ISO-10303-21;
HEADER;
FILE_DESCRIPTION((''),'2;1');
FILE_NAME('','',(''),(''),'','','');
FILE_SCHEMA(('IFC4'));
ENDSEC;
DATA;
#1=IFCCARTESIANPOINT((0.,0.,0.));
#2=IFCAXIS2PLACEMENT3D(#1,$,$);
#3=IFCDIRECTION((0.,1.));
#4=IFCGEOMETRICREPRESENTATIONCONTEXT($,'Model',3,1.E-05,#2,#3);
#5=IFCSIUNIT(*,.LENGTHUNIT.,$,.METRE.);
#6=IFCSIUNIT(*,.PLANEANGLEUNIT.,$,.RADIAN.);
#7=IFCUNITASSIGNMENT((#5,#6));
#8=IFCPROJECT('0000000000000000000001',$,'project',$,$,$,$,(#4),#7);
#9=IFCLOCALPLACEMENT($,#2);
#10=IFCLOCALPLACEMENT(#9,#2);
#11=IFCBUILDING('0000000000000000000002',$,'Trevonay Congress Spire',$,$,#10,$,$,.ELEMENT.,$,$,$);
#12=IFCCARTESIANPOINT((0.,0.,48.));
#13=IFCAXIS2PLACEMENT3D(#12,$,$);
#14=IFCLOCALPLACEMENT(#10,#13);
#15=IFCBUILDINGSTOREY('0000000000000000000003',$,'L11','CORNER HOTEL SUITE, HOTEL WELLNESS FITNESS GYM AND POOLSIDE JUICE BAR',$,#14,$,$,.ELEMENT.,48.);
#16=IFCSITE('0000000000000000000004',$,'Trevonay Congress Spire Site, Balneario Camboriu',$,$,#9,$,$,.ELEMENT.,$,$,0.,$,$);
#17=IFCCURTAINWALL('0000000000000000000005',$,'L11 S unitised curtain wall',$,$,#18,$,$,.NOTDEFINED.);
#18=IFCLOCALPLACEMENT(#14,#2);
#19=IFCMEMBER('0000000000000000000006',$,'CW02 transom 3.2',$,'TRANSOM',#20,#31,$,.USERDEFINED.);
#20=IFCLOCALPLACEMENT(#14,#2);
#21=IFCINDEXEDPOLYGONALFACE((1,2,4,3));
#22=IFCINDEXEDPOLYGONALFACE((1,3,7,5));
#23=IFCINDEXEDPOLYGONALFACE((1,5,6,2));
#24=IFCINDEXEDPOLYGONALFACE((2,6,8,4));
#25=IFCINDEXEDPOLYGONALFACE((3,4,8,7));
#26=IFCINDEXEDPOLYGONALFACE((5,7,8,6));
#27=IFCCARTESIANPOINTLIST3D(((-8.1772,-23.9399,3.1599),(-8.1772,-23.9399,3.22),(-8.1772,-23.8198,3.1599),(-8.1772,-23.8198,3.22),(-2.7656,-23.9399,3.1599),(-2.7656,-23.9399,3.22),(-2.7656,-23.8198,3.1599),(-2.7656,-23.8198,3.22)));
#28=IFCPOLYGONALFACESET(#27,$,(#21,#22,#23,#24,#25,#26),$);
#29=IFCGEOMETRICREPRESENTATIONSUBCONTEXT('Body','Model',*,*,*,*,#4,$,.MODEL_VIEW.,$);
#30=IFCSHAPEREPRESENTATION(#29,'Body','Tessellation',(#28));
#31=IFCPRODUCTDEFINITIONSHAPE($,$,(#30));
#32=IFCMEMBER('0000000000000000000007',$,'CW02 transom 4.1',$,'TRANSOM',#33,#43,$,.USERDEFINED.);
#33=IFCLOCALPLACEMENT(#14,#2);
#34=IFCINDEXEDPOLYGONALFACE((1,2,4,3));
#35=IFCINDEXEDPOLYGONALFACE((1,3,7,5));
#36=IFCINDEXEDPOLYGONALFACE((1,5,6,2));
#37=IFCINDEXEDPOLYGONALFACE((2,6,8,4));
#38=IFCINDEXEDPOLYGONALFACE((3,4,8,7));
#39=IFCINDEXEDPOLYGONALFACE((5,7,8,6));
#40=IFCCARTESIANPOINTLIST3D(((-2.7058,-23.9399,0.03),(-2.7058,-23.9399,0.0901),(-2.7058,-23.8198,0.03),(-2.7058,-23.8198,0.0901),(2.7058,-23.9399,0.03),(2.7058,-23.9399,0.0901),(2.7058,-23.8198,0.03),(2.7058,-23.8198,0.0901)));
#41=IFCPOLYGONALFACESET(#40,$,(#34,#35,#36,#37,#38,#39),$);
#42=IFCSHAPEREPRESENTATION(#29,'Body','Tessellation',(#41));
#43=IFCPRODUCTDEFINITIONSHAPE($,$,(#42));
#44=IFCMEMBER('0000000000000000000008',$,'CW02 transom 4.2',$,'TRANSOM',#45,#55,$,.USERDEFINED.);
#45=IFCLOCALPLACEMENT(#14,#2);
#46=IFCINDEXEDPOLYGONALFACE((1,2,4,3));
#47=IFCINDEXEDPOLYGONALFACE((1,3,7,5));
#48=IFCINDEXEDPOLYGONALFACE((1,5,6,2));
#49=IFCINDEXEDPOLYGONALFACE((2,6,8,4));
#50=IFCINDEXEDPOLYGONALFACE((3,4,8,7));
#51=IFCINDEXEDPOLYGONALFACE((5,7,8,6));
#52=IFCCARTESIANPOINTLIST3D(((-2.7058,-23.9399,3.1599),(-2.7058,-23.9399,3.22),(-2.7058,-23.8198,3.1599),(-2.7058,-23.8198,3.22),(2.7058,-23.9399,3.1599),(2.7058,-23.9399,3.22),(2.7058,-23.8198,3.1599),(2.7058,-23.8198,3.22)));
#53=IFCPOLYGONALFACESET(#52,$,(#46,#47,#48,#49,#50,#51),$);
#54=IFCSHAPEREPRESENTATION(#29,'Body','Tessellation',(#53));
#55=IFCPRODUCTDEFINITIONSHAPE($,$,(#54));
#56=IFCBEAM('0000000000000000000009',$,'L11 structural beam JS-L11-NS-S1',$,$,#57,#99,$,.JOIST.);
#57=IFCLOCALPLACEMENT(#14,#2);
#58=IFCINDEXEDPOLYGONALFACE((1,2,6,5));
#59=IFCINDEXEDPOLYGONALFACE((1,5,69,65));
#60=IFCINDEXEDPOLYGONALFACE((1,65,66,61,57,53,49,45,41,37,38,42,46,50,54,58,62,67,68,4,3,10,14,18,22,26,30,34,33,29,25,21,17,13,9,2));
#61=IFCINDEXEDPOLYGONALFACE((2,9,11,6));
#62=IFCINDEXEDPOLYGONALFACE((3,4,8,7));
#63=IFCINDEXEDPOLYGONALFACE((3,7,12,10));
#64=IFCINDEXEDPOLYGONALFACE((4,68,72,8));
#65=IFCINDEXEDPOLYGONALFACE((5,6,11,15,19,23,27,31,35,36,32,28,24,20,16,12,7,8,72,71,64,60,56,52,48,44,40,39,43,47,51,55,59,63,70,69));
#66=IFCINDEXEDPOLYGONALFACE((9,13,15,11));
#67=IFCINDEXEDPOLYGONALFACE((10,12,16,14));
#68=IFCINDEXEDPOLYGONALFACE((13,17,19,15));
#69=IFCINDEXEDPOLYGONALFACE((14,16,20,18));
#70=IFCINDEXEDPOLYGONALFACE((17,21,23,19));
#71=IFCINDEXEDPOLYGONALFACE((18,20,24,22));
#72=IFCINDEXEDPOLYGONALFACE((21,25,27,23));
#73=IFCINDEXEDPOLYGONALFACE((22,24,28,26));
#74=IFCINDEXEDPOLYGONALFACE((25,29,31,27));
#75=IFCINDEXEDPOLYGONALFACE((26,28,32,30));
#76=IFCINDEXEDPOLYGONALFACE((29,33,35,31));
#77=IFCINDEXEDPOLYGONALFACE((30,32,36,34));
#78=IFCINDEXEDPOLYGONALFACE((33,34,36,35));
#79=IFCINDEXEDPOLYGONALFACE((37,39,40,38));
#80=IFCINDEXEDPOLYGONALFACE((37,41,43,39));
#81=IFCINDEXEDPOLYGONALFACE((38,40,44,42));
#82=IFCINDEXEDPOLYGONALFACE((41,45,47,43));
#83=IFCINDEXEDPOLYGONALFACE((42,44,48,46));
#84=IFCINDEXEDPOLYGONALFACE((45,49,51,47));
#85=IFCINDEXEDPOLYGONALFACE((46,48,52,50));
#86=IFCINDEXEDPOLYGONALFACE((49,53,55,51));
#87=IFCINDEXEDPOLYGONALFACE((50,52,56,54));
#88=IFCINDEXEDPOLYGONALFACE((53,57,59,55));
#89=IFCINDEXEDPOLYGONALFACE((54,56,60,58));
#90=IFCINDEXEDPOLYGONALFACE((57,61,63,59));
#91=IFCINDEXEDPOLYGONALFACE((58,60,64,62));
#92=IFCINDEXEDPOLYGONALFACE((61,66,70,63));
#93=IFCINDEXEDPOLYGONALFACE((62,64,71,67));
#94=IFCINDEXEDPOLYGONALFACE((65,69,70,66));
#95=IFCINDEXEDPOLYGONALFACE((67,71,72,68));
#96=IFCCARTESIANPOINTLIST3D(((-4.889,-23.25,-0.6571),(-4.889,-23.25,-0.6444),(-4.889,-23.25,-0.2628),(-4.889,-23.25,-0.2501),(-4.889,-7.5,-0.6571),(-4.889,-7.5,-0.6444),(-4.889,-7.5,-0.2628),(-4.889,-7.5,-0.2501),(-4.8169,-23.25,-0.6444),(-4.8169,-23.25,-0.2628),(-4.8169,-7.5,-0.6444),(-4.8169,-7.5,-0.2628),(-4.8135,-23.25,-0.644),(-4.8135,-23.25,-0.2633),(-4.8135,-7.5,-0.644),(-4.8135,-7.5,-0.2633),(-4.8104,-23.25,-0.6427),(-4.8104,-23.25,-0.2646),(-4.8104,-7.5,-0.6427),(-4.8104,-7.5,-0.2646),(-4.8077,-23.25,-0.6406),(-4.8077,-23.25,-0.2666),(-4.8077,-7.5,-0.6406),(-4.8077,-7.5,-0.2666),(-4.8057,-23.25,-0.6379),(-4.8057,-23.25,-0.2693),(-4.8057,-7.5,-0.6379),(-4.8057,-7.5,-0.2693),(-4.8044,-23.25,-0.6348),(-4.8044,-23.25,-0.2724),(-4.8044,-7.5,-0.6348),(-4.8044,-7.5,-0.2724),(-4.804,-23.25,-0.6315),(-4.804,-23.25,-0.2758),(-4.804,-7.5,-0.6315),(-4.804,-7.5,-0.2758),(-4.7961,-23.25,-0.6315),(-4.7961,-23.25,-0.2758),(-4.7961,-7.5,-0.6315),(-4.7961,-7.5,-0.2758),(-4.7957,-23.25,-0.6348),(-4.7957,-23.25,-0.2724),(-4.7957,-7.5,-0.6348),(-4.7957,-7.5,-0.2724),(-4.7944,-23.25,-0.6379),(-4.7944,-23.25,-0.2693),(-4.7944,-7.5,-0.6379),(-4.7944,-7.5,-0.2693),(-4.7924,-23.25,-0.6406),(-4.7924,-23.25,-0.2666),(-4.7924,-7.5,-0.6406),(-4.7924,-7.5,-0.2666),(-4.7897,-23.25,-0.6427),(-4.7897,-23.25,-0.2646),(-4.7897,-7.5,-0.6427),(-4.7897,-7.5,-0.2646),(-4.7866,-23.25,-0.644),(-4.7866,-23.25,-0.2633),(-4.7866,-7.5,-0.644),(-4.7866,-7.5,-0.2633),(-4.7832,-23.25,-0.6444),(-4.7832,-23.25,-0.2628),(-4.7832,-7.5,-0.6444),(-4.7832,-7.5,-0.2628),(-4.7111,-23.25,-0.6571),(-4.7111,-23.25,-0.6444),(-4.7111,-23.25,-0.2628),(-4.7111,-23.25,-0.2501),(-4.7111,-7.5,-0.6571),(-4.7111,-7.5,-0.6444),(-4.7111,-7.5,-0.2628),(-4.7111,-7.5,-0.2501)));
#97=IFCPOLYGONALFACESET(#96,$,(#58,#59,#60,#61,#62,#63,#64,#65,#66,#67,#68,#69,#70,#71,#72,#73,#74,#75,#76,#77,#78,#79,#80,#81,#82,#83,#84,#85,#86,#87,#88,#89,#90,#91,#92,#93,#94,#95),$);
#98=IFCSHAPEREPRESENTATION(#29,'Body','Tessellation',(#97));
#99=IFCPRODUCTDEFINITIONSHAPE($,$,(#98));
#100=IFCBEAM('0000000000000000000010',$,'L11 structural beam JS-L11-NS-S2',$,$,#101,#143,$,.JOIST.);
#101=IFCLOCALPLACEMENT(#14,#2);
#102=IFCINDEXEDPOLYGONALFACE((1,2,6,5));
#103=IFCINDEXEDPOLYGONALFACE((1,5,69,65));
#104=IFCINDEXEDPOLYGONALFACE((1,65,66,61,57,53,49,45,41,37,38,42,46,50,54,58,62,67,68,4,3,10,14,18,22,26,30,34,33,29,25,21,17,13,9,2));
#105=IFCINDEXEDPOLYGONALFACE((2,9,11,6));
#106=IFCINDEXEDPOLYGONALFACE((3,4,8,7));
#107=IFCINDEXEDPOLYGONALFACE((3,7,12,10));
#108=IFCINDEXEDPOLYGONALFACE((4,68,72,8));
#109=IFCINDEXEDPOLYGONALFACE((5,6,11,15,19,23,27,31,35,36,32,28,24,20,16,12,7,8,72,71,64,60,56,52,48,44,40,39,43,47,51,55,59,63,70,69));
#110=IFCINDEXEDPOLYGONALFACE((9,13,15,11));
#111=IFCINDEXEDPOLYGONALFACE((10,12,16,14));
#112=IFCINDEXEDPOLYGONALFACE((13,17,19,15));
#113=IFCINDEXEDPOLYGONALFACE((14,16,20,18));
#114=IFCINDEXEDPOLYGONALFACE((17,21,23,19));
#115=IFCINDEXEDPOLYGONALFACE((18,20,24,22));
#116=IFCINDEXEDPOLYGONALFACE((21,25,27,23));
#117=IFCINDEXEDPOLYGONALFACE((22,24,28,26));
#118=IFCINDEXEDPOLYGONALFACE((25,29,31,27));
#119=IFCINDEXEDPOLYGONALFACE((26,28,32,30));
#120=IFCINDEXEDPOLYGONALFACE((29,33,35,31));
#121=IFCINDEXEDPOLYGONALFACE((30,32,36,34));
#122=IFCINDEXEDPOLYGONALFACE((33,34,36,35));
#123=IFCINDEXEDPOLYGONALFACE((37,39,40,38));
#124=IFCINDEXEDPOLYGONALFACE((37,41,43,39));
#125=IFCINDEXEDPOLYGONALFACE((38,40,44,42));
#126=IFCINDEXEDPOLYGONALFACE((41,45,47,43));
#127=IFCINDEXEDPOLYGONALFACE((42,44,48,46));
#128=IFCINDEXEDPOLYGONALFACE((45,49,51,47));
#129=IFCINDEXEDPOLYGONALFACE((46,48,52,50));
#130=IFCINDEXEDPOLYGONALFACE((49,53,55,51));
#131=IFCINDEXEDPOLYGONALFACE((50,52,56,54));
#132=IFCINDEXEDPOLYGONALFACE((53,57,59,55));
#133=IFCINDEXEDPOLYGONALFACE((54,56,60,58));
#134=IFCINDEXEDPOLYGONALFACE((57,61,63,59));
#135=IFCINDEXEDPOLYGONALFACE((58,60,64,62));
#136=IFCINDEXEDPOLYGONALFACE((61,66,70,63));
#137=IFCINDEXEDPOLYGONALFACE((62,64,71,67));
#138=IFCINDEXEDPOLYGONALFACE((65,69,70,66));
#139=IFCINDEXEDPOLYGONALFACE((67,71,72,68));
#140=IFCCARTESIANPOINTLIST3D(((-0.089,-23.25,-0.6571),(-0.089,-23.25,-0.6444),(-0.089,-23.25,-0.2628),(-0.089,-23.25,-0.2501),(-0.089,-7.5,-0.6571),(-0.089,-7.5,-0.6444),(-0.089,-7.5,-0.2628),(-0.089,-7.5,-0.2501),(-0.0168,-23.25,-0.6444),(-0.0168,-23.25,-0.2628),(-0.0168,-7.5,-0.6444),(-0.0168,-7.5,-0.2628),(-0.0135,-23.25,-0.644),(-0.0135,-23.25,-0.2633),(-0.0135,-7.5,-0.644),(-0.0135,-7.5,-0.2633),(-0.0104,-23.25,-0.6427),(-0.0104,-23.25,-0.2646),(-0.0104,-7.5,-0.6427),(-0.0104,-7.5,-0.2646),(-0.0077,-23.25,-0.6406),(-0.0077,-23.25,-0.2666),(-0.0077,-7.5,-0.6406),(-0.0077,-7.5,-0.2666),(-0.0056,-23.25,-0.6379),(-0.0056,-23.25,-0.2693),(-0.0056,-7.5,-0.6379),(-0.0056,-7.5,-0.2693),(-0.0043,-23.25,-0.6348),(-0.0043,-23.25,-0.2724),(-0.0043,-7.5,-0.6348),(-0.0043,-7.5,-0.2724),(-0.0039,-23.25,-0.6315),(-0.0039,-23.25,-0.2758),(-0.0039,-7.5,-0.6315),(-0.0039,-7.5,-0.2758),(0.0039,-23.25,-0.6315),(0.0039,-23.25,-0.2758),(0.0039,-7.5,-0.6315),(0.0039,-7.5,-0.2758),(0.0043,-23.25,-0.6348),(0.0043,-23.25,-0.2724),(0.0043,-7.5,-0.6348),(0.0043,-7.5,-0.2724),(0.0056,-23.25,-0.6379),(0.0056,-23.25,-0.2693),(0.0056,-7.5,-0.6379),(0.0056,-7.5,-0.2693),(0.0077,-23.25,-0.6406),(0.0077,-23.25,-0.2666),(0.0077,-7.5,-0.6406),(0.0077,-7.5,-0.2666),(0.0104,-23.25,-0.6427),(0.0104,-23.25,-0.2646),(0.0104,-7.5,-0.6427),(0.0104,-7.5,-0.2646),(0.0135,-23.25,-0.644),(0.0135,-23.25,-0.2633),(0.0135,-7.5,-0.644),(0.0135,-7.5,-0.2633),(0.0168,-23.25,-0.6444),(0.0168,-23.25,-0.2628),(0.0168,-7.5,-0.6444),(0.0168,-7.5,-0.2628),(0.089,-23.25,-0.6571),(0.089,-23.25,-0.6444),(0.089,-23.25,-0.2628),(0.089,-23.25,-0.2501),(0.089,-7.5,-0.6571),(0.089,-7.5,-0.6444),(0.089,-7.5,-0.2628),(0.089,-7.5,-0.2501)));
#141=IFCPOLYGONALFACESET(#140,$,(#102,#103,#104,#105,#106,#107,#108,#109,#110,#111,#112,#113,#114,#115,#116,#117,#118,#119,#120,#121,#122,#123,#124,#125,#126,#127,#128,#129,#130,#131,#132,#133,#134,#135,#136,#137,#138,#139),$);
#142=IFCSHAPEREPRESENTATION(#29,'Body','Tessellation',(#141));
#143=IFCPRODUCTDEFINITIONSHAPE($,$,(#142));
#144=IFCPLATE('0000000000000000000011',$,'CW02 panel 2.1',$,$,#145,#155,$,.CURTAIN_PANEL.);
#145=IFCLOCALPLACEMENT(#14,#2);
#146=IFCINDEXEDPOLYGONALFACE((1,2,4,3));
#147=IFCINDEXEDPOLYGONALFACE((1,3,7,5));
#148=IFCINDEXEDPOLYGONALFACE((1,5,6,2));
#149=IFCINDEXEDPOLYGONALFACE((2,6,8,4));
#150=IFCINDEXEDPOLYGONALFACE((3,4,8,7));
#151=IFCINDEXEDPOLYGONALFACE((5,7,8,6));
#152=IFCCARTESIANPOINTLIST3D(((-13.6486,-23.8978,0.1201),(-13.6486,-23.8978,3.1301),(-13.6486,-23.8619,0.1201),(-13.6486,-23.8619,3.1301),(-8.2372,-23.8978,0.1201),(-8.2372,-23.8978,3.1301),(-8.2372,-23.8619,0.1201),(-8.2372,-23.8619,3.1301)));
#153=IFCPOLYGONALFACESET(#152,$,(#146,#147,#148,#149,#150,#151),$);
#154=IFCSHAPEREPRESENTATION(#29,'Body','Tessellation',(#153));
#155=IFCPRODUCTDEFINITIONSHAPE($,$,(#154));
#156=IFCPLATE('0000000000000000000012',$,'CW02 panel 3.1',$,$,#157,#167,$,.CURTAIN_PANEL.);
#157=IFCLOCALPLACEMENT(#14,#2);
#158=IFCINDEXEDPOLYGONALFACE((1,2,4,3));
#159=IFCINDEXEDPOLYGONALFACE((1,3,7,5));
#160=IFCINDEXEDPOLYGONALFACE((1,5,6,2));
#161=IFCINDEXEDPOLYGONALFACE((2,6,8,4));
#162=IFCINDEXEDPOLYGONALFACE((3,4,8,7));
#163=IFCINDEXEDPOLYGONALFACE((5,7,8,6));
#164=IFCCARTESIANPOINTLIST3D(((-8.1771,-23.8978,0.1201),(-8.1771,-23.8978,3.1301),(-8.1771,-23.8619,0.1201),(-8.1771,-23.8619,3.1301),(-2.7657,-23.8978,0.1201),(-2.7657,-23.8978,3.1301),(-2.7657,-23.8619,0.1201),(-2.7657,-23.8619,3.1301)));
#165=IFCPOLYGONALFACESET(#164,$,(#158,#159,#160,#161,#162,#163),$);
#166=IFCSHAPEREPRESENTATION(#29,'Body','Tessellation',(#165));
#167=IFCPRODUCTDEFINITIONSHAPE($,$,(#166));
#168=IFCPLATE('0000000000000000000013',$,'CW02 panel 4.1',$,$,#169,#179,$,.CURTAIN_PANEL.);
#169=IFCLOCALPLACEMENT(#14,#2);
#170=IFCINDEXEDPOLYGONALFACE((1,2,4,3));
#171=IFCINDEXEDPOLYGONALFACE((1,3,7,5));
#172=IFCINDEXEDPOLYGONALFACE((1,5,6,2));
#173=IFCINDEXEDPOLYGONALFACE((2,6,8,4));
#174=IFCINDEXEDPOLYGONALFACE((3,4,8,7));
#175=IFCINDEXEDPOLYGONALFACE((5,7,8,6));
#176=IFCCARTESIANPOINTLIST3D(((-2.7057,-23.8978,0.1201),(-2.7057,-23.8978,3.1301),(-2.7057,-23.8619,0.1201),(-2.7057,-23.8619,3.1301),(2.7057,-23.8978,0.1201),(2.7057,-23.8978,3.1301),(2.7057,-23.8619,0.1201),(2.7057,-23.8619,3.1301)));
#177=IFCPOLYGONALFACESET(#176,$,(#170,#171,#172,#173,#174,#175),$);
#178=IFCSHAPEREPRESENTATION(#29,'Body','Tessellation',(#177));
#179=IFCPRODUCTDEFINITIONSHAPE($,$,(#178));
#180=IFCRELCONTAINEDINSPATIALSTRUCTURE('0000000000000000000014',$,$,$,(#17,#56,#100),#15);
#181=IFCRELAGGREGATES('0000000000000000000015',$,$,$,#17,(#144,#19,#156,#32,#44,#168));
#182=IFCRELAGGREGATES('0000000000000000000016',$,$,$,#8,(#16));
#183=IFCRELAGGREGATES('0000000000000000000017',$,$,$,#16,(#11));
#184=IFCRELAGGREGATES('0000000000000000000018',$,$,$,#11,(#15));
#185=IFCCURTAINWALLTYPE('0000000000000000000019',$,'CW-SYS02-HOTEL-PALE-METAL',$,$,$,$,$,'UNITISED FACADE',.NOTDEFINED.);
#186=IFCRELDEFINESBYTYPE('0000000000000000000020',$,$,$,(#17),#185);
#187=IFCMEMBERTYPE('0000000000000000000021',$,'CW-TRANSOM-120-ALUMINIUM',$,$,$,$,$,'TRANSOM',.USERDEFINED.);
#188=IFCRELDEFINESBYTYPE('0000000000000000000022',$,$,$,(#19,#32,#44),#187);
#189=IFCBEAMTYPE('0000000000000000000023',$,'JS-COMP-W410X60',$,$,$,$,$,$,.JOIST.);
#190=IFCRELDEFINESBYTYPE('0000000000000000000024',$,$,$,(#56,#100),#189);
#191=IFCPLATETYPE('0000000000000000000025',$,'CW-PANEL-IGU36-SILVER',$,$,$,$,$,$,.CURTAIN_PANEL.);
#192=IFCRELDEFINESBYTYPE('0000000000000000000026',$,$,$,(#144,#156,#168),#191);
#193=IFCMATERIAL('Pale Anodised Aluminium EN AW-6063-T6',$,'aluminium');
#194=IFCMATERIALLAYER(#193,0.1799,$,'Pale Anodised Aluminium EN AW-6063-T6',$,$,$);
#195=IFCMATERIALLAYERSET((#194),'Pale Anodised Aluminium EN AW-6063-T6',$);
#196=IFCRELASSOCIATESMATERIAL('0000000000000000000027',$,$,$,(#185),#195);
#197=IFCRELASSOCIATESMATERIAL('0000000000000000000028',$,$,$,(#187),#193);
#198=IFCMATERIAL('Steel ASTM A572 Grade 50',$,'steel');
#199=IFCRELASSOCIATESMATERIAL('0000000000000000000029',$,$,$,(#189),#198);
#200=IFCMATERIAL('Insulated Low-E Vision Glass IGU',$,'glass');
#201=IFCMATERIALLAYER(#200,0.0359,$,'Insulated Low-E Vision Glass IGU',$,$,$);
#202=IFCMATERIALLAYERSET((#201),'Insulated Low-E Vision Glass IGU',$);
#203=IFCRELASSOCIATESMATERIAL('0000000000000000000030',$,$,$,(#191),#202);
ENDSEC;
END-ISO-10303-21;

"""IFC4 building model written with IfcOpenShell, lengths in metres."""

from ifc_helpers import new_model, si_unit, direction, frame, origin, origin_2d, place, context, subcontext, project, spatial, rectangle, i_section, extrude, material, layer, layer_set, material_profile, profile_set, type_object, element, aggregate, save


model = new_model("IFC4")

# Units and contexts
model_context = context("Model", 3, precision=1e-05, world=origin(), true_north=direction((0.0, 1.0)))
body_context = subcontext(model_context, "Body", "Model", "MODEL_VIEW")
ifc_project = project(units=[si_unit("LENGTHUNIT", "METRE"), si_unit("PLANEANGLEUNIT", "RADIAN")], contexts=[model_context])

# Site, building, storey
site_placement = place(None, origin())
site = spatial("IfcSite", under=ifc_project, at=site_placement, Name="Trevonay Congress Spire Site, Balneario Camboriu", CompositionType="ELEMENT", RefElevation=0.0)
building_placement = place(site_placement, origin())
building = spatial("IfcBuilding", under=site, at=building_placement, Name="Trevonay Congress Spire", CompositionType="ELEMENT")
storey_placement = place(building_placement, frame((0.0, 0.0, 48.0)))
storey = spatial("IfcBuildingStorey", under=building, at=storey_placement, Name="L11", Description="CORNER HOTEL SUITE, HOTEL WELLNESS FITNESS GYM AND POOLSIDE JUICE BAR", CompositionType="ELEMENT", Elevation=48.0)

# Shared definitions
ifc_material_1 = material(Name="Steel ASTM A572 Grade 50", Category="steel")

# Curtain wall, members
ifc_material_2 = material(Name="Pale Anodised Aluminium EN AW-6063-T6", Category="aluminium")
ifc_layer_1 = layer(ifc_material_2, 0.1799, Name="Pale Anodised Aluminium EN AW-6063-T6")
ifc_layer_set_1 = layer_set([ifc_layer_1], Name="Pale Anodised Aluminium EN AW-6063-T6")
curtain_wall_type = type_object("IfcCurtainWallType", Name="CW-SYS02-HOTEL-PALE-METAL", ElementType="UNITISED FACADE", PredefinedType="NOTDEFINED", material=ifc_layer_set_1)
curtain_wall_placement = place(storey_placement, origin())
curtain_wall = element("IfcCurtainWall", 1, at=curtain_wall_placement, inside=storey, type_object=curtain_wall_type, Name="L11 S unitised curtain wall", PredefinedType="NOTDEFINED")
ifc_material_profile_1 = material_profile(ifc_material_2, rectangle(XDim=0.1201, YDim=0.0601, at=origin_2d()), Name="CW-TRANSOM-120-ALUMINIUM")
ifc_profile_set_1 = profile_set([ifc_material_profile_1], Name="Pale Anodised Aluminium EN AW-6063-T6")
member_type_1 = type_object("IfcMemberType", Name="CW-TRANSOM-120-ALUMINIUM", ElementType="TRANSOM", PredefinedType="USERDEFINED", material=ifc_profile_set_1)
member_1_placement = place(storey_placement, frame((-8.1772, -23.8799, 3.1899), z_axis=(1.0, 0.0, 0.0), x_axis=(0.0, 1.0, 0.0)))
member_1 = element("IfcMember", 2, at=member_1_placement, type_object=member_type_1, Name="CW02 transom 3.2", ObjectType="TRANSOM", PredefinedType="USERDEFINED", context=body_context, shape_type="SweptSolid", body=[
    extrude(rectangle(XDim=0.1201, YDim=0.0601, at=origin_2d()), origin(), (0.0, 0.0, 1.0), 5.4116),
])
member_2_placement = place(storey_placement, frame((-2.7058, -23.8799, 0.0601), z_axis=(1.0, 0.0, 0.0), x_axis=(0.0, 1.0, 0.0)))
member_2 = element("IfcMember", 3, at=member_2_placement, type_object=member_type_1, Name="CW02 transom 4.1", ObjectType="TRANSOM", PredefinedType="USERDEFINED", context=body_context, shape_type="SweptSolid", body=[
    extrude(rectangle(XDim=0.1201, YDim=0.0601, at=origin_2d()), origin(), (0.0, 0.0, 1.0), 5.4116),
])
member_3_placement = place(storey_placement, frame((-2.7058, -23.8799, 3.1899), z_axis=(1.0, 0.0, 0.0), x_axis=(0.0, 1.0, 0.0)))
member_3 = element("IfcMember", 4, at=member_3_placement, type_object=member_type_1, Name="CW02 transom 4.2", ObjectType="TRANSOM", PredefinedType="USERDEFINED", context=body_context, shape_type="SweptSolid", body=[
    extrude(rectangle(XDim=0.1201, YDim=0.0601, at=origin_2d()), origin(), (0.0, 0.0, 1.0), 5.4116),
])

# Beams
ifc_material_profile_2 = material_profile(ifc_material_1, i_section(OverallWidth=0.178, OverallDepth=0.407, WebThickness=0.0078, FlangeThickness=0.0127, FilletRadius=0.0129, at=origin_2d()), Name="W410x60")
ifc_profile_set_2 = profile_set([ifc_material_profile_2], Name="Steel ASTM A572 Grade 50")
beam_type_1 = type_object("IfcBeamType", Name="JS-COMP-W410X60", PredefinedType="JOIST", material=ifc_profile_set_2)
for number, where, z_axis, x_axis, name in (
    (5, (-4.8, -23.25, -0.4536), (0.0, 1.0, 0.0), (-1.0, 0.0, 0.0), "L11 structural beam JS-L11-NS-S1"),
    (6, (0.0, -23.25, -0.4536), (0.0, 1.0, 0.0), (-1.0, 0.0, 0.0), "L11 structural beam JS-L11-NS-S2"),
):
    element("IfcBeam", number, at=place(storey_placement, frame(where, z_axis=z_axis, x_axis=x_axis)), inside=storey, type_object=beam_type_1, Name=name, PredefinedType="JOIST", context=body_context, shape_type="SweptSolid", body=[
        extrude(i_section(OverallWidth=0.178, OverallDepth=0.407, WebThickness=0.0078, FlangeThickness=0.0127, FilletRadius=0.0129, at=origin_2d()), origin(), (0.0, 0.0, 1.0), 15.75),
    ])

# Plates
ifc_material_3 = material(Name="Insulated Low-E Vision Glass IGU", Category="glass")
ifc_layer_2 = layer(ifc_material_3, 0.0359, Name="Insulated Low-E Vision Glass IGU")
ifc_layer_set_2 = layer_set([ifc_layer_2], Name="Insulated Low-E Vision Glass IGU")
plate_type = type_object("IfcPlateType", Name="CW-PANEL-IGU36-SILVER", PredefinedType="CURTAIN_PANEL", material=ifc_layer_set_2)
plate_1_placement = place(storey_placement, frame((-10.9429, -23.8799, 0.1201), z_axis=(0.0, 0.0, 1.0), x_axis=(1.0, 0.0, 0.0)))
plate_1 = element("IfcPlate", 7, at=plate_1_placement, type_object=plate_type, Name="CW02 panel 2.1", PredefinedType="CURTAIN_PANEL", context=body_context, shape_type="SweptSolid", body=[
    extrude(rectangle(XDim=5.4114, YDim=0.0359, at=origin_2d()), origin(), (0.0, 0.0, 1.0), 3.01),
])
plate_2_placement = place(storey_placement, frame((-5.4714, -23.8799, 0.1201), z_axis=(0.0, 0.0, 1.0), x_axis=(1.0, 0.0, 0.0)))
plate_2 = element("IfcPlate", 8, at=plate_2_placement, type_object=plate_type, Name="CW02 panel 3.1", PredefinedType="CURTAIN_PANEL", context=body_context, shape_type="SweptSolid", body=[
    extrude(rectangle(XDim=5.4114, YDim=0.0359, at=origin_2d()), origin(), (0.0, 0.0, 1.0), 3.01),
])
plate_3_placement = place(storey_placement, frame((0.0, -23.8799, 0.1201), z_axis=(0.0, 0.0, 1.0), x_axis=(1.0, 0.0, 0.0)))
plate_3 = element("IfcPlate", 9, at=plate_3_placement, type_object=plate_type, Name="CW02 panel 4.1", PredefinedType="CURTAIN_PANEL", context=body_context, shape_type="SweptSolid", body=[
    extrude(rectangle(XDim=5.4114, YDim=0.0359, at=origin_2d()), origin(), (0.0, 0.0, 1.0), 3.01),
])
aggregate(curtain_wall, [plate_1, member_1, plate_2, member_2, member_3, plate_3])

save(model, "model.ifc")
